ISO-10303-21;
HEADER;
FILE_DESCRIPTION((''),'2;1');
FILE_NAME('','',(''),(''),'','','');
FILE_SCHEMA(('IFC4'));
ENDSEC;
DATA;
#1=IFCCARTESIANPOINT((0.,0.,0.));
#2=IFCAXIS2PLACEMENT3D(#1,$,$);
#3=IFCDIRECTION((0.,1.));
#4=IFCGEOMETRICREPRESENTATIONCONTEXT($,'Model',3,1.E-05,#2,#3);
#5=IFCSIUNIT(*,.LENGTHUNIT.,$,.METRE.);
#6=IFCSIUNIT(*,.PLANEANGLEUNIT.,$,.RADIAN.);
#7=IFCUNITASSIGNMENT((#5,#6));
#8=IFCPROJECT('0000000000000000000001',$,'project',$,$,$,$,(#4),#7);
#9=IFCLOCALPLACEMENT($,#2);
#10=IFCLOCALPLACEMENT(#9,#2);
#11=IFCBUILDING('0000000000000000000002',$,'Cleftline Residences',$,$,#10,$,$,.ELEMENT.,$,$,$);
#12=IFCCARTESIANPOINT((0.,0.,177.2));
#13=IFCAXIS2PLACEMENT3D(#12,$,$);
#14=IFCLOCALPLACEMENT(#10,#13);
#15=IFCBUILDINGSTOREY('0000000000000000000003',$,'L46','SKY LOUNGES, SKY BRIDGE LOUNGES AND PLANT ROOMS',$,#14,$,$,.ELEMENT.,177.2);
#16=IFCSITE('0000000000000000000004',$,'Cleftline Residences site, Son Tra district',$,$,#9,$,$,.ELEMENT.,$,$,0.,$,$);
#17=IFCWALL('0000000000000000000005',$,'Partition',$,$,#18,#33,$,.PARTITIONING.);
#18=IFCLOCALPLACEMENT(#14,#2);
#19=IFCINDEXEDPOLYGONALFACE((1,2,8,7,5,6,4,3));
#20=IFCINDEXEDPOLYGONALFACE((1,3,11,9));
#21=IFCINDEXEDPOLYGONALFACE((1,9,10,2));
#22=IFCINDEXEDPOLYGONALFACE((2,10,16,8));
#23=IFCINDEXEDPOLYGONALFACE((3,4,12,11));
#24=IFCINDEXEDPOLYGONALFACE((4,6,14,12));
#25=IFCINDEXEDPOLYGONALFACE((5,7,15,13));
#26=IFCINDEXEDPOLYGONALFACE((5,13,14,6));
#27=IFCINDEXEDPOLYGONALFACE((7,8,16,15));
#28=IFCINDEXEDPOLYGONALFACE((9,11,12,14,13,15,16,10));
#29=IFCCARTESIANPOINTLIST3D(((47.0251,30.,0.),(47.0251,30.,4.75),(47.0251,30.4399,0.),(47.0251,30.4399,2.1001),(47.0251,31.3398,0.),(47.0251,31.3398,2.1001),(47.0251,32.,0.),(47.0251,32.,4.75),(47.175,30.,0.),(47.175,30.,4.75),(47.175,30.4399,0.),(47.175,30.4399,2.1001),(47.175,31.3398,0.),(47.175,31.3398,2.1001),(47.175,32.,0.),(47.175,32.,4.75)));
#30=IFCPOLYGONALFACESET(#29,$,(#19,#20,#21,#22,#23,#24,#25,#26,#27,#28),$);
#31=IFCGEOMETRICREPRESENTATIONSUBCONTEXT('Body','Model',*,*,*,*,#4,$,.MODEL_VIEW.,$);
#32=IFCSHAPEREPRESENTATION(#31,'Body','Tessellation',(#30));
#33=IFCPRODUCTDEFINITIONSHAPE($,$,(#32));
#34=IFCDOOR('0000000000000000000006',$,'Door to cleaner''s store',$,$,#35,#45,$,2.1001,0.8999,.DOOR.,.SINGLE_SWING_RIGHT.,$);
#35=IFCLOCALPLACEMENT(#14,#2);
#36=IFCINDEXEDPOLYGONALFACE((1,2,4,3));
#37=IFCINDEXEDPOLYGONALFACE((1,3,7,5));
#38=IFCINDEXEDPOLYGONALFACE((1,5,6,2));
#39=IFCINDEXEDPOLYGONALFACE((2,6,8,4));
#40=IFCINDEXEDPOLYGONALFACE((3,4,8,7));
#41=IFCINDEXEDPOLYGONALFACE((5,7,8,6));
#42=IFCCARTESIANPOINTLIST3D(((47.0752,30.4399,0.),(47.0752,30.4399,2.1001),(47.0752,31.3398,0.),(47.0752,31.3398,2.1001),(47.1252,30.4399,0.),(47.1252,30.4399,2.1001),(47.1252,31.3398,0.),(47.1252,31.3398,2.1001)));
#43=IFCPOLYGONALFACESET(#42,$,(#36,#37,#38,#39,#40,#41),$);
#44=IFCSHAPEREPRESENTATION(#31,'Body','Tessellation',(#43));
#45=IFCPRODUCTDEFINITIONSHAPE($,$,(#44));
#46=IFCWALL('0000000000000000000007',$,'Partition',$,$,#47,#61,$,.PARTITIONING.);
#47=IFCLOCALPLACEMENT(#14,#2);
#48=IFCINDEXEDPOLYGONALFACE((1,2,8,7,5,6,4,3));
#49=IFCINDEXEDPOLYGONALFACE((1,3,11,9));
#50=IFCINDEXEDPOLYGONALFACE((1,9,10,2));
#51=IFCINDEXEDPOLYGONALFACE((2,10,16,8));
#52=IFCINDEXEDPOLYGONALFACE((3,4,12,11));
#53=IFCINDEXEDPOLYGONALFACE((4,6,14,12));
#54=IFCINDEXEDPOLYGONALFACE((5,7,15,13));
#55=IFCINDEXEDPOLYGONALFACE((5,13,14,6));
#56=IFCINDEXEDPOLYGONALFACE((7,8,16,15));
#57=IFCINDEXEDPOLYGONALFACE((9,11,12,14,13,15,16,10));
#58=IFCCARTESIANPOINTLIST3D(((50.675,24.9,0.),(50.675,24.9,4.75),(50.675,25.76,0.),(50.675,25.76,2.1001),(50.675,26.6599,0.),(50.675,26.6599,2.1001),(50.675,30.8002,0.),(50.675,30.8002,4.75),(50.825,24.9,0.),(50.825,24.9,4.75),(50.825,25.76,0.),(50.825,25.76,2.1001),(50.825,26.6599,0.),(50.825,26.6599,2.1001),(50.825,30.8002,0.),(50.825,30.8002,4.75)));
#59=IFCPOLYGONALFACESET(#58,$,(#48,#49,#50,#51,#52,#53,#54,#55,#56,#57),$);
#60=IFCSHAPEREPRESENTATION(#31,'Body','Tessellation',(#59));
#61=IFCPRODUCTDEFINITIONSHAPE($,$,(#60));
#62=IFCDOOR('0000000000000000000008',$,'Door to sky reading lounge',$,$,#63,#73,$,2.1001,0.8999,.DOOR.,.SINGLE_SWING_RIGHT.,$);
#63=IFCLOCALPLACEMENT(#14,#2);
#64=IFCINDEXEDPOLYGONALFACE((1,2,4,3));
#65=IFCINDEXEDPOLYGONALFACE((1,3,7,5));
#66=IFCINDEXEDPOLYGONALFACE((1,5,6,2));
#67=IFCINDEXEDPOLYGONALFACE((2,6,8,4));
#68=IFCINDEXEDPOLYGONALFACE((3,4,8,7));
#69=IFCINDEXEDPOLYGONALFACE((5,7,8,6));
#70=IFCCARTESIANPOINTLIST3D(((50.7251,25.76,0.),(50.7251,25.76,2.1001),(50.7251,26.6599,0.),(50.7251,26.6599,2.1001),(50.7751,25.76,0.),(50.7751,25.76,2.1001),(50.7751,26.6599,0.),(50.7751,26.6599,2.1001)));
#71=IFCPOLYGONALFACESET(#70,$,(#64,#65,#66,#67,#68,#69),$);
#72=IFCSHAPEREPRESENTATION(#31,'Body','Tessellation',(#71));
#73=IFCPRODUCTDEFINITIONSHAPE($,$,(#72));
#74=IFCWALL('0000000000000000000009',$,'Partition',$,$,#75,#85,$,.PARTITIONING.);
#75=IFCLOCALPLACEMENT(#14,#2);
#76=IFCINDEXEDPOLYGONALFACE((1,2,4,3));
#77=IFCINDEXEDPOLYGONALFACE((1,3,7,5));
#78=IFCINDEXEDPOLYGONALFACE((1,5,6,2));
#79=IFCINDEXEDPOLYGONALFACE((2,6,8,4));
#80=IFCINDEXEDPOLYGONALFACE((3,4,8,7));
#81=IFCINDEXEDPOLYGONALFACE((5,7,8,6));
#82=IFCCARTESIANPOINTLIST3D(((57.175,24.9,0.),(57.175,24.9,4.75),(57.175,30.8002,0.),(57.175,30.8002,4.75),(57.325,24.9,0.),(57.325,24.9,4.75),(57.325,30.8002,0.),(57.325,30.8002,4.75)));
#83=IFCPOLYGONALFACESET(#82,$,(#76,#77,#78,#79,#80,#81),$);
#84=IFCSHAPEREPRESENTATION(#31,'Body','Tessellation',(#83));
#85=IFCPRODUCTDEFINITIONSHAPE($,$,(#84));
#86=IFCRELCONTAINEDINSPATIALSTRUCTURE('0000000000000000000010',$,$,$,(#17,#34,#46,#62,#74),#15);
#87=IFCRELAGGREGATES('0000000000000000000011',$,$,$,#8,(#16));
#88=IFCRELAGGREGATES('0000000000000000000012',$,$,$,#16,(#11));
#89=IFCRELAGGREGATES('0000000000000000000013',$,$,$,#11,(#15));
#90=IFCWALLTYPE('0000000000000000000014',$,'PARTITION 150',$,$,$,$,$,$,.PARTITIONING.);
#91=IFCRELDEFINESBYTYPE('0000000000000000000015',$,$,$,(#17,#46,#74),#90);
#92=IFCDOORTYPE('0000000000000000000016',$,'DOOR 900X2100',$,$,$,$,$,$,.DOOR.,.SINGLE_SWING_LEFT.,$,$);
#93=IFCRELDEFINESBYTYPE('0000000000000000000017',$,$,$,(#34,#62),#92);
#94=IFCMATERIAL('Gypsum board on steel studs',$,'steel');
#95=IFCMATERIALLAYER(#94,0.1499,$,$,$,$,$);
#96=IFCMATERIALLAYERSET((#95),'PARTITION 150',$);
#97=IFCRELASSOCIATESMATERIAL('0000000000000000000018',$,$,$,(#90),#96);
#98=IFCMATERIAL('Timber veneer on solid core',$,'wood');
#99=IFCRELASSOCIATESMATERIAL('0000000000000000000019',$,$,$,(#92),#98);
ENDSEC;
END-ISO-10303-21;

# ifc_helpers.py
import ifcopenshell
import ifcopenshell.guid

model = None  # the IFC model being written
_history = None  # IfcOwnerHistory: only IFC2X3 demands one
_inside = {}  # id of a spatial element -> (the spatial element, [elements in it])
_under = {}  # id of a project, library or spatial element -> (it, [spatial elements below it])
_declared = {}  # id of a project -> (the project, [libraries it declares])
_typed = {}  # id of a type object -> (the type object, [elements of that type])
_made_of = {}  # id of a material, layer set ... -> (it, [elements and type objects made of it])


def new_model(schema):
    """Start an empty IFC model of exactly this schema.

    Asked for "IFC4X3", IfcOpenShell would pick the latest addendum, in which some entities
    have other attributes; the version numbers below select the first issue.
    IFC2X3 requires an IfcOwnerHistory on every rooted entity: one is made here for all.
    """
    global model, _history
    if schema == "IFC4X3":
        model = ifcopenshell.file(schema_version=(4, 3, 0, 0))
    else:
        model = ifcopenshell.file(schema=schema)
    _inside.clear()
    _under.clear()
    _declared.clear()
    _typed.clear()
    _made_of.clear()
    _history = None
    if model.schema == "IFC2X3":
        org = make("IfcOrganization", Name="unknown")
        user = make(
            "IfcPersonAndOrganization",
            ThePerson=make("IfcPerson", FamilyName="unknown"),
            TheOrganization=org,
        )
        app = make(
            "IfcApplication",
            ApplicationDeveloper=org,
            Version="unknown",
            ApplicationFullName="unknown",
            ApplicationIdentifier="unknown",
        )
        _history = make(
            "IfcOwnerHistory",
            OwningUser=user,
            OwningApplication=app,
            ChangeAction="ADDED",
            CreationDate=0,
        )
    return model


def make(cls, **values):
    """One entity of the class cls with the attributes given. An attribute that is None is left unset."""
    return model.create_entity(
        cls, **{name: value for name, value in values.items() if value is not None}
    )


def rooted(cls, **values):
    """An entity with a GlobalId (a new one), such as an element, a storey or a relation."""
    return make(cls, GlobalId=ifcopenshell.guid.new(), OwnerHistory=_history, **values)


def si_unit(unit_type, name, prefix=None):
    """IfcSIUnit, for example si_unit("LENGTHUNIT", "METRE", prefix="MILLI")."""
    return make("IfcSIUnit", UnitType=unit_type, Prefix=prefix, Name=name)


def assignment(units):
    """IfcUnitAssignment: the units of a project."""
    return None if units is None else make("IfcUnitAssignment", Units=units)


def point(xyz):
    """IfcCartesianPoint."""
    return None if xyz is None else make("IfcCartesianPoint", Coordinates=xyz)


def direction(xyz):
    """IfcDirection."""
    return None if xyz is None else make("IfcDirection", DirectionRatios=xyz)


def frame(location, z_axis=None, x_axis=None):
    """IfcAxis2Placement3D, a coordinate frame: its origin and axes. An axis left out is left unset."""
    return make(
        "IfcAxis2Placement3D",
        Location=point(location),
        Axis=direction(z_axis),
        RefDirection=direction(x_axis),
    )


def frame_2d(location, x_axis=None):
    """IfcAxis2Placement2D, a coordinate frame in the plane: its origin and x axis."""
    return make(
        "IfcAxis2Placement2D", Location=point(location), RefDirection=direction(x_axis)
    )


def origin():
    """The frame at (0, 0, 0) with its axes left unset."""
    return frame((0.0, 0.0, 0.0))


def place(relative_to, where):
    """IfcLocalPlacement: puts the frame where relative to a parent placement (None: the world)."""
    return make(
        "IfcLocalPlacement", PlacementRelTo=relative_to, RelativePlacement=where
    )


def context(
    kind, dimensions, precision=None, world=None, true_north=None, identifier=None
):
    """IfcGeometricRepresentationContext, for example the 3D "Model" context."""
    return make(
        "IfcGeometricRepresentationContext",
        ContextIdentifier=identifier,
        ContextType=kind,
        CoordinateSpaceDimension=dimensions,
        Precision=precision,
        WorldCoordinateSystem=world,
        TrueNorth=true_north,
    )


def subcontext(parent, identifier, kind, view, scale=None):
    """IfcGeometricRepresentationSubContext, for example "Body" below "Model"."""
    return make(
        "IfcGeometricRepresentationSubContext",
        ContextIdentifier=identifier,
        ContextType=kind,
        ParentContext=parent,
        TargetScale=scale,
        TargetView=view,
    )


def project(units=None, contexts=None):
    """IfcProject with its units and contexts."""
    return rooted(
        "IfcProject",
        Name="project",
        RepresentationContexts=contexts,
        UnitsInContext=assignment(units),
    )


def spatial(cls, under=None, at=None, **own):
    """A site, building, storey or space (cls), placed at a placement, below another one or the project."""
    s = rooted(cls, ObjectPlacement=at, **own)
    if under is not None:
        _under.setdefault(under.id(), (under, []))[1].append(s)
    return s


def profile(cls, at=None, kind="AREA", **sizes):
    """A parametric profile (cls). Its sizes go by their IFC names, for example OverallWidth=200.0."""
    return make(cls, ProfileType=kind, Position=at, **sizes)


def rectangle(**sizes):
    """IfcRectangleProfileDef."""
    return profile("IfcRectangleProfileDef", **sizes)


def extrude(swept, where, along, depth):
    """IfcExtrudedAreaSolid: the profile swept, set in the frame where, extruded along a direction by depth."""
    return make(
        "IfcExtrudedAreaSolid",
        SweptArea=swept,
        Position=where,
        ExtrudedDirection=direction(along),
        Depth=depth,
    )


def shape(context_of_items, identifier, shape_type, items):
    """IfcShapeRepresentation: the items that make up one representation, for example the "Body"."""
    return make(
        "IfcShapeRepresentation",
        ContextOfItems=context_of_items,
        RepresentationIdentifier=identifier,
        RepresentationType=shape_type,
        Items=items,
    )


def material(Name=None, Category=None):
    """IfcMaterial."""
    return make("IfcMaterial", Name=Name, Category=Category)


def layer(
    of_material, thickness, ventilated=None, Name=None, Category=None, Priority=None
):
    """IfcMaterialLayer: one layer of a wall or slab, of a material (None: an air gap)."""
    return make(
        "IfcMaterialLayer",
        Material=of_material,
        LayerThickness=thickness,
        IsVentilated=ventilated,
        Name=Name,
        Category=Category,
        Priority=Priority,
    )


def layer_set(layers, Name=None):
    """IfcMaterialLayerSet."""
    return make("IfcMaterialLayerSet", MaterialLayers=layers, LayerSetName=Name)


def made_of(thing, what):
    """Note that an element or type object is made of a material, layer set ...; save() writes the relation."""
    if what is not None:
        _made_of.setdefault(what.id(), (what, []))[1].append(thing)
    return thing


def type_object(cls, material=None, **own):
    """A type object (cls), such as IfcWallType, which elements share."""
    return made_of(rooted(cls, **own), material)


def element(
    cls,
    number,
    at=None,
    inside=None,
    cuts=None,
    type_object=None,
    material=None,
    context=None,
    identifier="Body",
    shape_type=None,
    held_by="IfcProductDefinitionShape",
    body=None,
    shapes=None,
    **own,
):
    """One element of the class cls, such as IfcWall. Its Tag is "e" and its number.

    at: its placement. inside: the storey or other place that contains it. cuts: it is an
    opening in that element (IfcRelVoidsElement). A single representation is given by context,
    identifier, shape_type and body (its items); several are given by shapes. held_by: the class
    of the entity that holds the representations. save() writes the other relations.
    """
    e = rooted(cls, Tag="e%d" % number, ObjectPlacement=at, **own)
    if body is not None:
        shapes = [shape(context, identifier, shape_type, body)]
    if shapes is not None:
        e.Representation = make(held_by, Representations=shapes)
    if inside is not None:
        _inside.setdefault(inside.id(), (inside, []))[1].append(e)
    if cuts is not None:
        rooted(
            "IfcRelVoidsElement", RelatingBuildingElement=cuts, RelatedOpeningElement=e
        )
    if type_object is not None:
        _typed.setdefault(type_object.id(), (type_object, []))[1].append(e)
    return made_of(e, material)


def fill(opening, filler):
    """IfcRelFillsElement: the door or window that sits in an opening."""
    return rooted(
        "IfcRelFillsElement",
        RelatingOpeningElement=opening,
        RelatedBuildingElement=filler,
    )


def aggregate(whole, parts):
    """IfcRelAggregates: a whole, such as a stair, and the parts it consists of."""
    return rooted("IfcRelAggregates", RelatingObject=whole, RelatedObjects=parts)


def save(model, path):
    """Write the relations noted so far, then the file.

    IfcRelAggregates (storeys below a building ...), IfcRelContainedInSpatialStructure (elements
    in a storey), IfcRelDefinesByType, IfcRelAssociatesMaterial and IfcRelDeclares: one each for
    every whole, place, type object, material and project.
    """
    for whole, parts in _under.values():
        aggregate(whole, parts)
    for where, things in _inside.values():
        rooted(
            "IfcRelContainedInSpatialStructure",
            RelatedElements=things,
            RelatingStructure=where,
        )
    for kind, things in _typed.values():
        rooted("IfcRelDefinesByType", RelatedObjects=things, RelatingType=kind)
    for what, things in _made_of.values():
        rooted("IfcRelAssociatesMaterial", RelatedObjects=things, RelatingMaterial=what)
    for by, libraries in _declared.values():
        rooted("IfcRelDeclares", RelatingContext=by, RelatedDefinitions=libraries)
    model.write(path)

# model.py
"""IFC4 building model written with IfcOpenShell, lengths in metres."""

from ifc_helpers import new_model, si_unit, direction, frame, frame_2d, origin, place, context, subcontext, project, spatial, rectangle, extrude, material, layer, layer_set, type_object, element, fill, save


model = new_model("IFC4")

# Units and contexts
model_context = context("Model", 3, precision=1e-05, world=origin(), true_north=direction((0.0, 1.0)))
body_context = subcontext(model_context, "Body", "Model", "MODEL_VIEW")
ifc_project = project(units=[si_unit("LENGTHUNIT", "METRE"), si_unit("PLANEANGLEUNIT", "RADIAN")], contexts=[model_context])

# Site, building, storey
site_placement = place(None, origin())
site = spatial("IfcSite", under=ifc_project, at=site_placement, Name="Cleftline Residences site, Son Tra district", CompositionType="ELEMENT", RefElevation=0.0)
building_placement = place(site_placement, origin())
building = spatial("IfcBuilding", under=site, at=building_placement, Name="Cleftline Residences", CompositionType="ELEMENT")
storey_placement = place(building_placement, frame((0.0, 0.0, 177.2)))
storey = spatial("IfcBuildingStorey", under=building, at=storey_placement, Name="L46", Description="SKY LOUNGES, SKY BRIDGE LOUNGES AND PLANT ROOMS", CompositionType="ELEMENT", Elevation=177.2)

# Walls, openings, doors
ifc_material_1 = material(Name="Gypsum board on steel studs", Category="steel")
ifc_layer_1 = layer(ifc_material_1, 0.1499)
ifc_layer_set_1 = layer_set([ifc_layer_1], Name="PARTITION 150")
wall_type_1 = type_object("IfcWallType", Name="PARTITION 150", PredefinedType="PARTITIONING", material=ifc_layer_set_1)
wall_1_placement = place(storey_placement, frame((47.1001, 30.0, 0.0), z_axis=(0.0, 0.0, 1.0), x_axis=(0.0, 1.0, 0.0)))
wall_1 = element("IfcWall", 1, at=wall_1_placement, inside=storey, type_object=wall_type_1, Name="Partition", PredefinedType="PARTITIONING", context=body_context, shape_type="SweptSolid", body=[
    extrude(rectangle(XDim=2.0, YDim=0.1499, at=frame_2d((1.0, 0.0))), origin(), (0.0, 0.0, 1.0), 4.75),
])
opening_1_placement = place(wall_1_placement, frame((0.4399, 0.0, 0.0)))
opening_1 = element("IfcOpeningElement", 2, at=opening_1_placement, cuts=wall_1, PredefinedType="OPENING", context=body_context, shape_type="SweptSolid", body=[
    extrude(rectangle(XDim=0.8999, YDim=2.1001, at=frame_2d((0.45, 1.05))), frame((0.0, 0.085, 0.0), z_axis=(0.0, -1.0, 0.0), x_axis=(1.0, 0.0, 0.0)), (0.0, 0.0, 1.0), 0.1699),
])
ifc_material_2 = material(Name="Timber veneer on solid core", Category="wood")
door_type_1 = type_object("IfcDoorType", Name="DOOR 900X2100", OperationType="SINGLE_SWING_LEFT", PredefinedType="DOOR", material=ifc_material_2)
door_1_placement = place(opening_1_placement, origin())
door_1 = element("IfcDoor", 3, at=door_1_placement, inside=storey, type_object=door_type_1, Name="Door to cleaner's store", OperationType="SINGLE_SWING_RIGHT", OverallHeight=2.1001, OverallWidth=0.8999, PredefinedType="DOOR", context=body_context, shape_type="SweptSolid", body=[
    extrude(rectangle(XDim=0.8999, YDim=2.1001, at=frame_2d((0.45, 1.05))), frame((0.0, 0.0249, 0.0), z_axis=(0.0, -1.0, 0.0), x_axis=(1.0, 0.0, 0.0)), (0.0, 0.0, 1.0), 0.05),
])
fill(opening_1, door_1)
wall_2_placement = place(storey_placement, frame((50.75, 24.8999, 0.0), z_axis=(0.0, 0.0, 1.0), x_axis=(0.0, 1.0, 0.0)))
wall_2 = element("IfcWall", 4, at=wall_2_placement, inside=storey, type_object=wall_type_1, Name="Partition", PredefinedType="PARTITIONING", context=body_context, shape_type="SweptSolid", body=[
    extrude(rectangle(XDim=5.9001, YDim=0.1499, at=frame_2d((2.9502, 0.0))), origin(), (0.0, 0.0, 1.0), 4.75),
])
opening_2_placement = place(wall_2_placement, frame((0.8601, 0.0, 0.0)))
opening_2 = element("IfcOpeningElement", 5, at=opening_2_placement, cuts=wall_2, PredefinedType="OPENING", context=body_context, shape_type="SweptSolid", body=[
    extrude(rectangle(XDim=0.8999, YDim=2.1001, at=frame_2d((0.45, 1.05))), frame((0.0, 0.085, 0.0), z_axis=(0.0, -1.0, 0.0), x_axis=(1.0, 0.0, 0.0)), (0.0, 0.0, 1.0), 0.1699),
])
door_2_placement = place(opening_2_placement, origin())
door_2 = element("IfcDoor", 6, at=door_2_placement, inside=storey, type_object=door_type_1, Name="Door to sky reading lounge", OperationType="SINGLE_SWING_RIGHT", OverallHeight=2.1001, OverallWidth=0.8999, PredefinedType="DOOR", context=body_context, shape_type="SweptSolid", body=[
    extrude(rectangle(XDim=0.8999, YDim=2.1001, at=frame_2d((0.45, 1.05))), frame((0.0, 0.0249, 0.0), z_axis=(0.0, -1.0, 0.0), x_axis=(1.0, 0.0, 0.0)), (0.0, 0.0, 1.0), 0.05),
])
fill(opening_2, door_2)

# Wall
wall_3_placement = place(storey_placement, frame((57.25, 24.8999, 0.0), z_axis=(0.0, 0.0, 1.0), x_axis=(0.0, 1.0, 0.0)))
element("IfcWall", 7, at=wall_3_placement, inside=storey, type_object=wall_type_1, Name="Partition", PredefinedType="PARTITIONING", context=body_context, shape_type="SweptSolid", body=[
    extrude(rectangle(XDim=5.9001, YDim=0.1499, at=frame_2d((2.9502, 0.0))), origin(), (0.0, 0.0, 1.0), 4.75),
])

save(model, "model.ifc")
